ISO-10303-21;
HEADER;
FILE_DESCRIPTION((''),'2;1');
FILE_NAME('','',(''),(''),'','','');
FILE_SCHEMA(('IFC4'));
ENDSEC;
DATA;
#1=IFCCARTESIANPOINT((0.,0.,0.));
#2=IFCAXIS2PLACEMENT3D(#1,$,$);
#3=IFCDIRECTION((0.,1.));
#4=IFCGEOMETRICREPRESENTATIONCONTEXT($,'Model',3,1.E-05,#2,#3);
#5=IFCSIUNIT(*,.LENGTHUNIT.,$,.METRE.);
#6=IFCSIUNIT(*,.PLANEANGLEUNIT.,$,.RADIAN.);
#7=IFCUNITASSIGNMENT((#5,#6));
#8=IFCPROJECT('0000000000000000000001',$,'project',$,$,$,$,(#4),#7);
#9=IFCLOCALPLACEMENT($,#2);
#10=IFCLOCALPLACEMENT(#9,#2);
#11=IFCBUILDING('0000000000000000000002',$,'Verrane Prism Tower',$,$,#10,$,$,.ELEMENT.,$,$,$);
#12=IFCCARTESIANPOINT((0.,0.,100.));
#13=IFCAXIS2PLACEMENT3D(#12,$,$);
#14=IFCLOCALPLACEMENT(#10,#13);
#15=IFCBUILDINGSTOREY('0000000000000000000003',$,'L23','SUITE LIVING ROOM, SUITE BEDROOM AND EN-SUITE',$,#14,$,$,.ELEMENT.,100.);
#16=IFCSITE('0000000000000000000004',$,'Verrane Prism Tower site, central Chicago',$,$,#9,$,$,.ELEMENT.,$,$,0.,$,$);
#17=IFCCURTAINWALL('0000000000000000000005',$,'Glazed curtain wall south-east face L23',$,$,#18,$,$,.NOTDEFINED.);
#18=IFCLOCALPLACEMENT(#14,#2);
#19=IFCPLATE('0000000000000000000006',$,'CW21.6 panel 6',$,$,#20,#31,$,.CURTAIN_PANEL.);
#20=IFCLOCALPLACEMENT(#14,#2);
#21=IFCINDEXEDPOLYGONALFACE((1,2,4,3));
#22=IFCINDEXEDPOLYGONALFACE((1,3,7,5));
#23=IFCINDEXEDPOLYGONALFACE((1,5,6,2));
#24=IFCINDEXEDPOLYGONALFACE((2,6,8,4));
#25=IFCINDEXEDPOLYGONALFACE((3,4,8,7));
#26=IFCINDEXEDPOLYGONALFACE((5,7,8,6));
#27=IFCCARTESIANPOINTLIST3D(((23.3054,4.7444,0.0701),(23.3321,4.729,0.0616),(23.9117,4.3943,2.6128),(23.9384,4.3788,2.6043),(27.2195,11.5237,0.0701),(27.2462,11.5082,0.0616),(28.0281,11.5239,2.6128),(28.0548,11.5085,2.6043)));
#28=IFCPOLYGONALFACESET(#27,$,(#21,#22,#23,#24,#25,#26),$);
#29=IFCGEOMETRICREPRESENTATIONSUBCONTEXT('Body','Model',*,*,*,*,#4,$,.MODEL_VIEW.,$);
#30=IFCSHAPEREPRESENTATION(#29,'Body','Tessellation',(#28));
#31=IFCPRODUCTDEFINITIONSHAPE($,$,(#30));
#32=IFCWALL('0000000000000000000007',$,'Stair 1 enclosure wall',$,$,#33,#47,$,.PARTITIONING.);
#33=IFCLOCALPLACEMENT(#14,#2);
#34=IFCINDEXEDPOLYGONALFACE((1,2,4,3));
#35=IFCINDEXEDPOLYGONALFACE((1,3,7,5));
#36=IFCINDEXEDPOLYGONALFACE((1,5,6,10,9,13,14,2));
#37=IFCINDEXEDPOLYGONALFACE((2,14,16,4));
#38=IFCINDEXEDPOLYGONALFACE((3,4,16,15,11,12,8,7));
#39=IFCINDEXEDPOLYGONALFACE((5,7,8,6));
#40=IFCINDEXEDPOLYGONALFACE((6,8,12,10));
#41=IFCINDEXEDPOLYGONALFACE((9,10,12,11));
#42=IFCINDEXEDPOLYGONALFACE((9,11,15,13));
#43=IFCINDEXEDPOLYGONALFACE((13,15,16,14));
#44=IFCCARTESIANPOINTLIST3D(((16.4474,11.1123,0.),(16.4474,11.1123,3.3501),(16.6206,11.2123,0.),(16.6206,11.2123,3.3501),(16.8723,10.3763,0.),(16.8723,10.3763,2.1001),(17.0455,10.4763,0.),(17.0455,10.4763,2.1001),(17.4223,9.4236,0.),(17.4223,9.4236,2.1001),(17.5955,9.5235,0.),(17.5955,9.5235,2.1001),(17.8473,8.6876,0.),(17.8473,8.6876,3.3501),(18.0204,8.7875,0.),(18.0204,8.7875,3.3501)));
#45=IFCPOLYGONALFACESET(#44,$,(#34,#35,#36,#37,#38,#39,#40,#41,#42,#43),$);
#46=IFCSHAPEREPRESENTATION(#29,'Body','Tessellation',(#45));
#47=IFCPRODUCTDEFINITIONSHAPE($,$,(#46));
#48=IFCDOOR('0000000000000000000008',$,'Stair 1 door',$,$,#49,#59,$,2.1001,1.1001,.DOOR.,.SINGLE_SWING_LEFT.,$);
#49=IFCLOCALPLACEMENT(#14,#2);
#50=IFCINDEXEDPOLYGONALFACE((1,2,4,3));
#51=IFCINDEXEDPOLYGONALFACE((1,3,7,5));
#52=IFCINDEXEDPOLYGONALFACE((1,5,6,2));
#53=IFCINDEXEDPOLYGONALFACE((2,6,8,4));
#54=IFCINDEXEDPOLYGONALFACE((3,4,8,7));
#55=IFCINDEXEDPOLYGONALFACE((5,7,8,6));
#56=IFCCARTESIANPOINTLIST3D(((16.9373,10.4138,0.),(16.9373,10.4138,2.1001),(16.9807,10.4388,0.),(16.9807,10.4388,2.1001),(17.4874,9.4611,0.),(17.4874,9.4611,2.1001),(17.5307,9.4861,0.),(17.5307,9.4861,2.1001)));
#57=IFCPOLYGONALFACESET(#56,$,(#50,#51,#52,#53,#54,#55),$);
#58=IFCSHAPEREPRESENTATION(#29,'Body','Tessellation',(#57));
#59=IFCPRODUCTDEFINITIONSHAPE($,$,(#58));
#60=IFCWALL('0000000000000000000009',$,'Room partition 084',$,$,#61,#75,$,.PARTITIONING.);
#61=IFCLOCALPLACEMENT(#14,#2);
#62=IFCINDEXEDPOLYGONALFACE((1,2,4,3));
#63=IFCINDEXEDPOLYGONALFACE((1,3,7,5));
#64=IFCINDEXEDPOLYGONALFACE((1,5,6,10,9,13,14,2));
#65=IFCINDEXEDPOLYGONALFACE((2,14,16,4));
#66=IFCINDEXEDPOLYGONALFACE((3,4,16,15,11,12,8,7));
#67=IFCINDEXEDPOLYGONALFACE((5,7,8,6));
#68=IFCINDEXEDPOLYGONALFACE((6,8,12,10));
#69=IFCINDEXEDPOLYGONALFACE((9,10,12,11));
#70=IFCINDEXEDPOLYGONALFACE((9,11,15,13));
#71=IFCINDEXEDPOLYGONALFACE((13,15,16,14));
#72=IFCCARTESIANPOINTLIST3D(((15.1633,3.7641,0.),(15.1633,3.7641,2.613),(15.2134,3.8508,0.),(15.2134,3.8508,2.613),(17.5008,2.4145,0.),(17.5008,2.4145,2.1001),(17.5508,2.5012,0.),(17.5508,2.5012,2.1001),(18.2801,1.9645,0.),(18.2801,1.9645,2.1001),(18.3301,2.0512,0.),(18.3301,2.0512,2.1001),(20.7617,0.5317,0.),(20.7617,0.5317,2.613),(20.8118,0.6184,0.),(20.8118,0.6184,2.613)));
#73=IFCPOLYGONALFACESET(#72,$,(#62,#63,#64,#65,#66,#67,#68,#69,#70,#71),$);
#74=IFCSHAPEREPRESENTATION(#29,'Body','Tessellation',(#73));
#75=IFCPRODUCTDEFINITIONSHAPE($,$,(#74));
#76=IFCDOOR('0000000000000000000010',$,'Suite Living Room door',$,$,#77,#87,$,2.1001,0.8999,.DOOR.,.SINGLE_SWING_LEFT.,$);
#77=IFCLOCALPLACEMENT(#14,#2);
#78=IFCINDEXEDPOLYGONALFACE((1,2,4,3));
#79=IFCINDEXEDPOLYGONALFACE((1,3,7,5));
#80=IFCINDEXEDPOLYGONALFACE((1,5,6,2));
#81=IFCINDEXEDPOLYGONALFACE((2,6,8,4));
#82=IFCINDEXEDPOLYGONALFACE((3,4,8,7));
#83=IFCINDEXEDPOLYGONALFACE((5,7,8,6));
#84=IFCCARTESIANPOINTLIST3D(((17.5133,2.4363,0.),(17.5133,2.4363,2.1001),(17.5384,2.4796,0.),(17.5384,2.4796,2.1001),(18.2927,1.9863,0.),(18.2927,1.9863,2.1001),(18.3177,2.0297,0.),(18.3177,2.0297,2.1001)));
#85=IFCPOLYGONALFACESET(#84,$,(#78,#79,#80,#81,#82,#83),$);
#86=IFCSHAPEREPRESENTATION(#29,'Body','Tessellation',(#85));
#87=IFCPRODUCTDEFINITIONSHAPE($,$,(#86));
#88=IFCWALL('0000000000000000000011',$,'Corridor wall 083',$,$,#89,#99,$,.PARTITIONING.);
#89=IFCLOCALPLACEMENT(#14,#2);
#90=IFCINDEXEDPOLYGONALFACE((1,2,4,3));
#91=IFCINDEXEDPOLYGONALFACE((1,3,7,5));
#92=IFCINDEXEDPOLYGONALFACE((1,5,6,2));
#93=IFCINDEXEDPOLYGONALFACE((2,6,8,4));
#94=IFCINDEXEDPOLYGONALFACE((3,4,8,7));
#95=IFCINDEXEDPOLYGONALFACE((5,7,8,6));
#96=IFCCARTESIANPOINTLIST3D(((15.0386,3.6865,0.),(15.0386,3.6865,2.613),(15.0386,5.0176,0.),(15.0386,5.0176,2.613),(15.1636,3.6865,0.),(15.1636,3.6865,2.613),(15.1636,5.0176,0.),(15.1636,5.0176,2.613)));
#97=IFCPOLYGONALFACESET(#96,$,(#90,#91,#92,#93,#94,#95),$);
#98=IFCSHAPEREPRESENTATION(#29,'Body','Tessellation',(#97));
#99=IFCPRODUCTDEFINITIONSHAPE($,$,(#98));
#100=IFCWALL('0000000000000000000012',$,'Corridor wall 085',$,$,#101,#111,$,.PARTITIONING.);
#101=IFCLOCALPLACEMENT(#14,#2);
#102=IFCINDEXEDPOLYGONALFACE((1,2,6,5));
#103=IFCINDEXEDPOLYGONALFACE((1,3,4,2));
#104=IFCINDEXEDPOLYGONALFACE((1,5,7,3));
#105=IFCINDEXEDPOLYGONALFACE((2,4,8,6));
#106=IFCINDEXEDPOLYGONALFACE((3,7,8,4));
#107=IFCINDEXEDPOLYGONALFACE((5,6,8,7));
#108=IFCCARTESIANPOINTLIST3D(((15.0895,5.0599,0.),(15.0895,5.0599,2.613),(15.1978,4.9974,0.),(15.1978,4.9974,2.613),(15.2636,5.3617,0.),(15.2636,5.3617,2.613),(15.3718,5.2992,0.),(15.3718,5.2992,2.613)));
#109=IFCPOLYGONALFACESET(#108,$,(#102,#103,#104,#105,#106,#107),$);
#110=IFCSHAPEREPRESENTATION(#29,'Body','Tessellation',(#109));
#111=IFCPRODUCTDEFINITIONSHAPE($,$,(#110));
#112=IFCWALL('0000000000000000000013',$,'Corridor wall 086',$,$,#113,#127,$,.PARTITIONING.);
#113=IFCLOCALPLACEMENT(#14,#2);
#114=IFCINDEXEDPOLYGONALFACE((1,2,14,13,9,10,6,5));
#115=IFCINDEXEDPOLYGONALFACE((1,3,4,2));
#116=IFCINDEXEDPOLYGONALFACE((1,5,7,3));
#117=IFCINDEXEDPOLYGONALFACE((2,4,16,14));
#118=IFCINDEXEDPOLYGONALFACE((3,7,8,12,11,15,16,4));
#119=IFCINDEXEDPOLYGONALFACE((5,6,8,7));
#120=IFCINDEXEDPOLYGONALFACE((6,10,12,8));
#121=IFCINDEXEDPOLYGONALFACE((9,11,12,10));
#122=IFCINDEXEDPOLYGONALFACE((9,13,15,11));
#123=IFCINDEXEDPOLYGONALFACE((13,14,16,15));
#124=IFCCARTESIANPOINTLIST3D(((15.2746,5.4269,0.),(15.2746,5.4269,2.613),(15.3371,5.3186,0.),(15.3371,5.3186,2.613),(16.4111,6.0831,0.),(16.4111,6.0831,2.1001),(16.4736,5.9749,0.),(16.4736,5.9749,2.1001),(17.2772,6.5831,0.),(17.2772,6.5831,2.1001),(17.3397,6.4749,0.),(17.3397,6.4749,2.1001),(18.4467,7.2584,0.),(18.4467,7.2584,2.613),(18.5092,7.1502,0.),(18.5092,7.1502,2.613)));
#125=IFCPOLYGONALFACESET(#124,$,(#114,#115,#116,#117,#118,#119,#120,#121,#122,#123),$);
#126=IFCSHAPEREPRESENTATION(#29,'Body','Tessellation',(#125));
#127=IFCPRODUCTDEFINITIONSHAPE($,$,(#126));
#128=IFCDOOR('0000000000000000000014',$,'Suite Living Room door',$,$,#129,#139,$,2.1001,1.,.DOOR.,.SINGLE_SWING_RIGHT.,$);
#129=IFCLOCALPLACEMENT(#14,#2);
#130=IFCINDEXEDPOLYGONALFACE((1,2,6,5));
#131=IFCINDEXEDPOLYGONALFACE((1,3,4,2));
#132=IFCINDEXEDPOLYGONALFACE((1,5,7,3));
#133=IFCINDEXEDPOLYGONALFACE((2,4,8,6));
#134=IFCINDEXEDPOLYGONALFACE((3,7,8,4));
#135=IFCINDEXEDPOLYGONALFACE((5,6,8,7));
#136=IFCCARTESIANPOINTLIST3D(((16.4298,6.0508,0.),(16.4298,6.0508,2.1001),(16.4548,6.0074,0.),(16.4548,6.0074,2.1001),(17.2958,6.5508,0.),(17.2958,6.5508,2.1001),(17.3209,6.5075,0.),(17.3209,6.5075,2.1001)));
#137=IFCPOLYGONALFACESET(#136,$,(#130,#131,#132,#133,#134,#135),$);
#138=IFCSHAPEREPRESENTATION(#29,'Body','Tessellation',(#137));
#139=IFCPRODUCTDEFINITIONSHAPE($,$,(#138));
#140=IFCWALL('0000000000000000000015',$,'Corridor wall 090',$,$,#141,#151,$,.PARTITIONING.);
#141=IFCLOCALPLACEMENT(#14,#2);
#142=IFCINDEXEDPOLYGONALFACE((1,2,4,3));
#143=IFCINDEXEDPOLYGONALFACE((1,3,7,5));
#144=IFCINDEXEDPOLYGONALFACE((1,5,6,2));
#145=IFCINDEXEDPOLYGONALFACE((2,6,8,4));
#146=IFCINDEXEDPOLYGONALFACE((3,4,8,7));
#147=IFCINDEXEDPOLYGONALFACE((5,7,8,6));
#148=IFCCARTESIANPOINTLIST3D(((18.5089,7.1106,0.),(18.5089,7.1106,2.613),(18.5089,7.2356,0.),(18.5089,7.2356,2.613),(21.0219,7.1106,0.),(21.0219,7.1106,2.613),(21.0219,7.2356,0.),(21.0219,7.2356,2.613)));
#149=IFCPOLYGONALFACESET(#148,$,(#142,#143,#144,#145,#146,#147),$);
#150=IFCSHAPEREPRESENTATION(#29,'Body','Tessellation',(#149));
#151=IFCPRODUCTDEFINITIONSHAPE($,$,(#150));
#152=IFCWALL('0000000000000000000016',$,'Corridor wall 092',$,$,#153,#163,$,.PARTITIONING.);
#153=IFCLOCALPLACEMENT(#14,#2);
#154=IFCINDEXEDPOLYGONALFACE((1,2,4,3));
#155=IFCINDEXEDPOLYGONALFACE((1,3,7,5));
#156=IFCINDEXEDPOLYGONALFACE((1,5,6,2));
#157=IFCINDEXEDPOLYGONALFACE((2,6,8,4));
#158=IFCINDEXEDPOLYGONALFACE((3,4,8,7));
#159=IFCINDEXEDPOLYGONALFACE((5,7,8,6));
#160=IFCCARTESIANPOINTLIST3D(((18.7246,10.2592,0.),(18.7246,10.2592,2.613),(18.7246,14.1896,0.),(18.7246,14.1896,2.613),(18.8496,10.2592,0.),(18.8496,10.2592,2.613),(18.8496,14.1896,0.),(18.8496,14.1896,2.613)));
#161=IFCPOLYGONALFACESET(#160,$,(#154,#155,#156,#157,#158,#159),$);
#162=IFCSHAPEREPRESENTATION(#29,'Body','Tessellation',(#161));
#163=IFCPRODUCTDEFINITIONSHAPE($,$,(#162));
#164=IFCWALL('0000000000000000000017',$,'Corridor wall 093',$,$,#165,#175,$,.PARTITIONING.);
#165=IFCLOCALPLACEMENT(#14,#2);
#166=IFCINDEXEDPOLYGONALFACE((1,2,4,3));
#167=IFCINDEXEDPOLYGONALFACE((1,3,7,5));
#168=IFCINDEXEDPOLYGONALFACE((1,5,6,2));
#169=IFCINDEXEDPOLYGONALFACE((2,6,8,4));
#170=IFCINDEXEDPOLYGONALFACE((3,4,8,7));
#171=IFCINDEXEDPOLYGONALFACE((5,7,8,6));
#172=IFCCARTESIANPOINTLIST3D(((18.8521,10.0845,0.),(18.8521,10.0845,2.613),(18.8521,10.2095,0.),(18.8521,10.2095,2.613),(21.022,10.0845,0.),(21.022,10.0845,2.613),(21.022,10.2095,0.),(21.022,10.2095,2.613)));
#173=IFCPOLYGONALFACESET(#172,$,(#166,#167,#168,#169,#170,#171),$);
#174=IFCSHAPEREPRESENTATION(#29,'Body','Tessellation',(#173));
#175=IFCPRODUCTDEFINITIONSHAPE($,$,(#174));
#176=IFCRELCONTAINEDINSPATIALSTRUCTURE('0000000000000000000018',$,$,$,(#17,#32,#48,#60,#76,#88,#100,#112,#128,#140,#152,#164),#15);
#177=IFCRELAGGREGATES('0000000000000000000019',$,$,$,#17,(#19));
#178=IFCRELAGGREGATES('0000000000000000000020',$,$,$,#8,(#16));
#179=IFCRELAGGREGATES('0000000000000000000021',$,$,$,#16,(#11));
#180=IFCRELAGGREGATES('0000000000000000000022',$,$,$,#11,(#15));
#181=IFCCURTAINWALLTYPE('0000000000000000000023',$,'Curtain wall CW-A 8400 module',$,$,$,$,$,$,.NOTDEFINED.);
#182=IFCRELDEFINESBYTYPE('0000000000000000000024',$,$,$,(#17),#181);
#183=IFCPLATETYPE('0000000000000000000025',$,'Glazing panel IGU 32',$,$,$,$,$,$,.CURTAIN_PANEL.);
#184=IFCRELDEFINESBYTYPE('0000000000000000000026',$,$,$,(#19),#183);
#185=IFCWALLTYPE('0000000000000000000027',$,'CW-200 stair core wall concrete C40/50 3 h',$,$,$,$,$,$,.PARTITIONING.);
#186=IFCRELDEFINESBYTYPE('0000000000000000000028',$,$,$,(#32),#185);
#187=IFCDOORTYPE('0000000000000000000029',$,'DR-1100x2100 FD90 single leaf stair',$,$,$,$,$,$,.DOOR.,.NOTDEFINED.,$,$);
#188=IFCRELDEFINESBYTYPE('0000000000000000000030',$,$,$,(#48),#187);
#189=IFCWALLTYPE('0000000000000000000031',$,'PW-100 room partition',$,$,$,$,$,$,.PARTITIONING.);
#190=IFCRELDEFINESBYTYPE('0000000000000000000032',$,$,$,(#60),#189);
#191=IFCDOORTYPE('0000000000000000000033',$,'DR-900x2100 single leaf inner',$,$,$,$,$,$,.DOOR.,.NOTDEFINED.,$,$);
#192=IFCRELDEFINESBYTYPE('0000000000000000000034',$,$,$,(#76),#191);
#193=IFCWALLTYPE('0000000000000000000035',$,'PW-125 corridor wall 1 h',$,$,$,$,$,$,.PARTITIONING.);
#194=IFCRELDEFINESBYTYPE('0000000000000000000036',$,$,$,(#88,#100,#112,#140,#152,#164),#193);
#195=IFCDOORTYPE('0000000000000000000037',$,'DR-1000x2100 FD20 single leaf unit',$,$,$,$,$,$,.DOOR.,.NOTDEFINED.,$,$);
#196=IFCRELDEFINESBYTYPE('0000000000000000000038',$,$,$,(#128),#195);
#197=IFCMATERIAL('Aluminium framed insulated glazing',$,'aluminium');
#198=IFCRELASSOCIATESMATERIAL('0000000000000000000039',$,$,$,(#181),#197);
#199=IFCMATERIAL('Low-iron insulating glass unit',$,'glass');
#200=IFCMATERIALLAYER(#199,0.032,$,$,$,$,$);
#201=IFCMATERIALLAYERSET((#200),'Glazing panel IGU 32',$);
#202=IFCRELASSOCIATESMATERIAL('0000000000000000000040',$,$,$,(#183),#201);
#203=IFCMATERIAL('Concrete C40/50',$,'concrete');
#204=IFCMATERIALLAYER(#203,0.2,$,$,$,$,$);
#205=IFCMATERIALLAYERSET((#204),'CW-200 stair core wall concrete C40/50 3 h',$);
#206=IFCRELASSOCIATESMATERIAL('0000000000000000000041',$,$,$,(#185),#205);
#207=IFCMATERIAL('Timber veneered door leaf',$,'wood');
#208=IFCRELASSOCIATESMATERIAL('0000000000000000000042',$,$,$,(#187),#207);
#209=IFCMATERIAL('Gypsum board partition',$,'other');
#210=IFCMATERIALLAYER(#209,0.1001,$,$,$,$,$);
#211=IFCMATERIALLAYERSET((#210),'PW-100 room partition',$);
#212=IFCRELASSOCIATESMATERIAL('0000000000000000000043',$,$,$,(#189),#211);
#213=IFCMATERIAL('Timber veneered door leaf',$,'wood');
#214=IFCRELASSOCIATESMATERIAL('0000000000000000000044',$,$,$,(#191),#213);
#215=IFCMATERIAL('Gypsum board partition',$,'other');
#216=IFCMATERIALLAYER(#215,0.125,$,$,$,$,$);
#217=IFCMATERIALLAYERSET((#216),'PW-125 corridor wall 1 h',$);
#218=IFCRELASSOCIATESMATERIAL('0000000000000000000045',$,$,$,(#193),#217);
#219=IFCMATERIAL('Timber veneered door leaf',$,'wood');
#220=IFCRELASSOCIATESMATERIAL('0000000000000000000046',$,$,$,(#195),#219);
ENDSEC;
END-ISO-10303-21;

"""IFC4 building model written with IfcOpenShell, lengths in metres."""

from ifc_helpers import new_model, si_unit, direction, frame, frame_2d, origin, place, context, subcontext, project, spatial, polyline, rectangle, outline, extrude, material, layer, layer_set, type_object, element, fill, aggregate, save


model = new_model("IFC4")

# Units and contexts
model_context = context("Model", 3, precision=1e-05, world=origin(), true_north=direction((0.0, 1.0)))
body_context = subcontext(model_context, "Body", "Model", "MODEL_VIEW")
ifc_project = project(units=[si_unit("LENGTHUNIT", "METRE"), si_unit("PLANEANGLEUNIT", "RADIAN")], contexts=[model_context])

# Site, building, storey
site_placement = place(None, origin())
site = spatial("IfcSite", under=ifc_project, at=site_placement, Name="Verrane Prism Tower site, central Chicago", CompositionType="ELEMENT", RefElevation=0.0)
building_placement = place(site_placement, origin())
building = spatial("IfcBuilding", under=site, at=building_placement, Name="Verrane Prism Tower", CompositionType="ELEMENT")
storey_placement = place(building_placement, frame((0.0, 0.0, 100.0)))
storey = spatial("IfcBuildingStorey", under=building, at=storey_placement, Name="L23", Description="SUITE LIVING ROOM, SUITE BEDROOM AND EN-SUITE", CompositionType="ELEMENT", Elevation=100.0)

# Curtain wall
ifc_material_1 = material(Name="Aluminium framed insulated glazing", Category="aluminium")
curtain_wall_type = type_object("IfcCurtainWallType", Name="Curtain wall CW-A 8400 module", PredefinedType="NOTDEFINED", material=ifc_material_1)
curtain_wall_1_placement = place(storey_placement, origin())
curtain_wall_1 = element("IfcCurtainWall", 1, at=curtain_wall_1_placement, inside=storey, type_object=curtain_wall_type, Name="Glazed curtain wall south-east face L23", PredefinedType="NOTDEFINED")

# Plate
ifc_material_2 = material(Name="Low-iron insulating glass unit", Category="glass")
ifc_layer_1 = layer(ifc_material_2, 0.032)
ifc_layer_set_1 = layer_set([ifc_layer_1], Name="Glazing panel IGU 32")
plate_type = type_object("IfcPlateType", Name="Glazing panel IGU 32", PredefinedType="CURTAIN_PANEL", material=ifc_layer_set_1)
plate_placement = place(storey_placement, frame((23.3054, 4.7444, 0.0701), z_axis=(-0.834951, 0.482071, 0.265451), x_axis=(0.500008, 0.866021, -0.000002)))
plate = element("IfcPlate", 2, at=plate_placement, type_object=plate_type, Name="CW21.6 panel 6", PredefinedType="CURTAIN_PANEL", context=body_context, shape_type="SweptSolid", body=[
    extrude(outline(polyline([(0.0, 0.0), (7.8281, 0.0), (8.2326, -2.6374), (-0.0001, -2.6373), (0.0, 0.0)])), origin(), (0.0, 0.0, -1.0), 0.032),
])
aggregate(curtain_wall_1, [plate])

# Walls, openings, doors
ifc_material_3 = material(Name="Concrete C40/50", Category="concrete")
ifc_layer_2 = layer(ifc_material_3, 0.2)
ifc_layer_set_2 = layer_set([ifc_layer_2], Name="CW-200 stair core wall concrete C40/50 3 h")
wall_type_1 = type_object("IfcWallType", Name="CW-200 stair core wall concrete C40/50 3 h", PredefinedType="PARTITIONING", material=ifc_layer_set_2)
wall_1_placement = place(storey_placement, frame((17.9338, 8.7375, 0.0), z_axis=(0.0, 0.0, 1.0), x_axis=(-0.499984, 0.866035, 0.0)))
wall_1 = element("IfcWall", 3, at=wall_1_placement, inside=storey, type_object=wall_type_1, Name="Stair 1 enclosure wall", PredefinedType="PARTITIONING", context=body_context, shape_type="SweptSolid", body=[
    extrude(rectangle(XDim=2.7998, YDim=0.2, at=frame_2d((1.3999, 0.0))), origin(), (0.0, 0.0, 1.0), 3.3501),
])
opening_1_placement = place(wall_1_placement, frame((0.8499, 0.0, 0.0)))
opening_1 = element("IfcOpeningElement", 4, at=opening_1_placement, cuts=wall_1, PredefinedType="OPENING", context=body_context, shape_type="SweptSolid", body=[
    extrude(rectangle(XDim=1.1001, YDim=2.1001, at=frame_2d((0.55, 1.05))), frame((0.0, 0.1099, 0.0), z_axis=(0.0, -1.0, 0.0), x_axis=(1.0, 0.0, 0.0)), (0.0, 0.0, 1.0), 0.22),
])
ifc_material_4 = material(Name="Timber veneered door leaf", Category="wood")
door_type_1 = type_object("IfcDoorType", Name="DR-1100x2100 FD90 single leaf stair", OperationType="NOTDEFINED", PredefinedType="DOOR", material=ifc_material_4)
door_1_placement = place(opening_1_placement, origin())
door_1 = element("IfcDoor", 5, at=door_1_placement, inside=storey, type_object=door_type_1, Name="Stair 1 door", OperationType="SINGLE_SWING_LEFT", OverallHeight=2.1001, OverallWidth=1.1001, PredefinedType="DOOR", context=body_context, shape_type="SweptSolid", body=[
    extrude(rectangle(XDim=1.1001, YDim=2.1001, at=frame_2d((0.55, 1.05))), frame((0.0, 0.0249, 0.0), z_axis=(0.0, -1.0, 0.0), x_axis=(1.0, 0.0, 0.0)), (0.0, 0.0, 1.0), 0.05),
])
fill(opening_1, door_1)
ifc_material_5 = material(Name="Gypsum board partition", Category="other")
ifc_layer_3 = layer(ifc_material_5, 0.1001)
ifc_layer_set_3 = layer_set([ifc_layer_3], Name="PW-100 room partition")
wall_type_2 = type_object("IfcWallType", Name="PW-100 room partition", PredefinedType="PARTITIONING", material=ifc_layer_set_3)
wall_2_placement = place(storey_placement, frame((20.7869, 0.575, 0.0), z_axis=(0.0, 0.0, 1.0), x_axis=(-0.866013, 0.500022, 0.0)))
wall_2 = element("IfcWall", 6, at=wall_2_placement, inside=storey, type_object=wall_type_2, Name="Room partition 084", PredefinedType="PARTITIONING", context=body_context, shape_type="SweptSolid", body=[
    extrude(rectangle(XDim=6.4646, YDim=0.1001, at=frame_2d((3.2324, 0.0))), origin(), (0.0, 0.0, 1.0), 2.613),
])
opening_2_placement = place(wall_2_placement, frame((2.8657, 0.0, 0.0)))
opening_2 = element("IfcOpeningElement", 7, at=opening_2_placement, cuts=wall_2, PredefinedType="OPENING", context=body_context, shape_type="SweptSolid", body=[
    extrude(rectangle(XDim=0.8999, YDim=2.1001, at=frame_2d((0.45, 1.05))), frame((0.0, 0.0601, 0.0), z_axis=(0.0, -1.0, 0.0), x_axis=(1.0, 0.0, 0.0)), (0.0, 0.0, 1.0), 0.1201),
])
ifc_material_6 = material(Name="Timber veneered door leaf", Category="wood")
door_type_2 = type_object("IfcDoorType", Name="DR-900x2100 single leaf inner", OperationType="NOTDEFINED", PredefinedType="DOOR", material=ifc_material_6)
door_2_placement = place(opening_2_placement, origin())
door_2 = element("IfcDoor", 8, at=door_2_placement, inside=storey, type_object=door_type_2, Name="Suite Living Room door", OperationType="SINGLE_SWING_LEFT", OverallHeight=2.1001, OverallWidth=0.8999, PredefinedType="DOOR", context=body_context, shape_type="SweptSolid", body=[
    extrude(rectangle(XDim=0.8999, YDim=2.1001, at=frame_2d((0.45, 1.05))), frame((0.0, 0.0249, 0.0), z_axis=(0.0, -1.0, 0.0), x_axis=(1.0, 0.0, 0.0)), (0.0, 0.0, 1.0), 0.05),
])
fill(opening_2, door_2)

# Walls
ifc_material_7 = material(Name="Gypsum board partition", Category="other")
ifc_layer_4 = layer(ifc_material_7, 0.125)
ifc_layer_set_4 = layer_set([ifc_layer_4], Name="PW-125 corridor wall 1 h")
wall_type_3 = type_object("IfcWallType", Name="PW-125 corridor wall 1 h", PredefinedType="PARTITIONING", material=ifc_layer_set_4)
wall_3_placement = place(storey_placement, frame((15.1011, 3.6865, 0.0), z_axis=(0.0, 0.0, 1.0), x_axis=(0.0, 1.0, 0.0)))
element("IfcWall", 9, at=wall_3_placement, inside=storey, type_object=wall_type_3, Name="Corridor wall 083", PredefinedType="PARTITIONING", context=body_context, shape_type="SweptSolid", body=[
    extrude(rectangle(XDim=1.3311, YDim=0.125, at=frame_2d((0.6655, 0.0))), origin(), (0.0, 0.0, 1.0), 2.613),
])
wall_4_placement = place(storey_placement, frame((15.1436, 5.0286, 0.0), z_axis=(0.0, 0.0, 1.0), x_axis=(0.499682, 0.866209, 0.0)))
element("IfcWall", 10, at=wall_4_placement, inside=storey, type_object=wall_type_3, Name="Corridor wall 085", PredefinedType="PARTITIONING", context=body_context, shape_type="SweptSolid", body=[
    extrude(rectangle(XDim=0.3484, YDim=0.125, at=frame_2d((0.1743, 0.0))), origin(), (0.0, 0.0, 1.0), 2.613),
])

# Wall, opening, door
wall_5_placement = place(storey_placement, frame((18.478, 7.2043, 0.0), z_axis=(0.0, 0.0, 1.0), x_axis=(-0.866011, -0.500024, 0.0)))
wall_5 = element("IfcWall", 11, at=wall_5_placement, inside=storey, type_object=wall_type_3, Name="Corridor wall 086", PredefinedType="PARTITIONING", context=body_context, shape_type="SweptSolid", body=[
    extrude(rectangle(XDim=3.6628, YDim=0.125, at=frame_2d((1.8315, 0.0))), origin(), (0.0, 0.0, 1.0), 2.613),
])
opening_3_placement = place(wall_5_placement, frame((1.3506, 0.0, 0.0)))
opening_3 = element("IfcOpeningElement", 12, at=opening_3_placement, cuts=wall_5, PredefinedType="OPENING", context=body_context, shape_type="SweptSolid", body=[
    extrude(rectangle(XDim=1.0, YDim=2.1001, at=frame_2d((0.5, 1.05))), frame((0.0, 0.0725, 0.0), z_axis=(0.0, -1.0, 0.0), x_axis=(1.0, 0.0, 0.0)), (0.0, 0.0, 1.0), 0.145),
])
ifc_material_8 = material(Name="Timber veneered door leaf", Category="wood")
door_type_3 = type_object("IfcDoorType", Name="DR-1000x2100 FD20 single leaf unit", OperationType="NOTDEFINED", PredefinedType="DOOR", material=ifc_material_8)
door_3_placement = place(opening_3_placement, origin())
door_3 = element("IfcDoor", 13, at=door_3_placement, inside=storey, type_object=door_type_3, Name="Suite Living Room door", OperationType="SINGLE_SWING_RIGHT", OverallHeight=2.1001, OverallWidth=1.0, PredefinedType="DOOR", context=body_context, shape_type="SweptSolid", body=[
    extrude(rectangle(XDim=1.0, YDim=2.1001, at=frame_2d((0.5, 1.05))), frame((0.0, 0.0249, 0.0), z_axis=(0.0, -1.0, 0.0), x_axis=(1.0, 0.0, 0.0)), (0.0, 0.0, 1.0), 0.05),
])
fill(opening_3, door_3)

# Walls
wall_6_placement = place(storey_placement, frame((18.509, 7.1731, 0.0), z_axis=(0.0, 0.0, 1.0), x_axis=(1.0, 0.0, 0.0)))
element("IfcWall", 14, at=wall_6_placement, inside=storey, type_object=wall_type_3, Name="Corridor wall 090", PredefinedType="PARTITIONING", context=body_context, shape_type="SweptSolid", body=[
    extrude(rectangle(XDim=2.5129, YDim=0.125, at=frame_2d((1.2563, 0.0))), origin(), (0.0, 0.0, 1.0), 2.613),
])
wall_7_placement = place(storey_placement, frame((18.7871, 10.259, 0.0), z_axis=(0.0, 0.0, 1.0), x_axis=(0.0, 1.0, 0.0)))
element("IfcWall", 15, at=wall_7_placement, inside=storey, type_object=wall_type_3, Name="Corridor wall 092", PredefinedType="PARTITIONING", context=body_context, shape_type="SweptSolid", body=[
    extrude(rectangle(XDim=3.9304, YDim=0.125, at=frame_2d((1.9653, 0.0))), origin(), (0.0, 0.0, 1.0), 2.613),
])
wall_8_placement = place(storey_placement, frame((18.8521, 10.147, 0.0), z_axis=(0.0, 0.0, 1.0), x_axis=(1.0, 0.0, 0.0)))
element("IfcWall", 16, at=wall_8_placement, inside=storey, type_object=wall_type_3, Name="Corridor wall 093", PredefinedType="PARTITIONING", context=body_context, shape_type="SweptSolid", body=[
    extrude(rectangle(XDim=2.1699, YDim=0.125, at=frame_2d((1.085, 0.0))), origin(), (0.0, 0.0, 1.0), 2.613),
])

save(model, "model.ifc")
